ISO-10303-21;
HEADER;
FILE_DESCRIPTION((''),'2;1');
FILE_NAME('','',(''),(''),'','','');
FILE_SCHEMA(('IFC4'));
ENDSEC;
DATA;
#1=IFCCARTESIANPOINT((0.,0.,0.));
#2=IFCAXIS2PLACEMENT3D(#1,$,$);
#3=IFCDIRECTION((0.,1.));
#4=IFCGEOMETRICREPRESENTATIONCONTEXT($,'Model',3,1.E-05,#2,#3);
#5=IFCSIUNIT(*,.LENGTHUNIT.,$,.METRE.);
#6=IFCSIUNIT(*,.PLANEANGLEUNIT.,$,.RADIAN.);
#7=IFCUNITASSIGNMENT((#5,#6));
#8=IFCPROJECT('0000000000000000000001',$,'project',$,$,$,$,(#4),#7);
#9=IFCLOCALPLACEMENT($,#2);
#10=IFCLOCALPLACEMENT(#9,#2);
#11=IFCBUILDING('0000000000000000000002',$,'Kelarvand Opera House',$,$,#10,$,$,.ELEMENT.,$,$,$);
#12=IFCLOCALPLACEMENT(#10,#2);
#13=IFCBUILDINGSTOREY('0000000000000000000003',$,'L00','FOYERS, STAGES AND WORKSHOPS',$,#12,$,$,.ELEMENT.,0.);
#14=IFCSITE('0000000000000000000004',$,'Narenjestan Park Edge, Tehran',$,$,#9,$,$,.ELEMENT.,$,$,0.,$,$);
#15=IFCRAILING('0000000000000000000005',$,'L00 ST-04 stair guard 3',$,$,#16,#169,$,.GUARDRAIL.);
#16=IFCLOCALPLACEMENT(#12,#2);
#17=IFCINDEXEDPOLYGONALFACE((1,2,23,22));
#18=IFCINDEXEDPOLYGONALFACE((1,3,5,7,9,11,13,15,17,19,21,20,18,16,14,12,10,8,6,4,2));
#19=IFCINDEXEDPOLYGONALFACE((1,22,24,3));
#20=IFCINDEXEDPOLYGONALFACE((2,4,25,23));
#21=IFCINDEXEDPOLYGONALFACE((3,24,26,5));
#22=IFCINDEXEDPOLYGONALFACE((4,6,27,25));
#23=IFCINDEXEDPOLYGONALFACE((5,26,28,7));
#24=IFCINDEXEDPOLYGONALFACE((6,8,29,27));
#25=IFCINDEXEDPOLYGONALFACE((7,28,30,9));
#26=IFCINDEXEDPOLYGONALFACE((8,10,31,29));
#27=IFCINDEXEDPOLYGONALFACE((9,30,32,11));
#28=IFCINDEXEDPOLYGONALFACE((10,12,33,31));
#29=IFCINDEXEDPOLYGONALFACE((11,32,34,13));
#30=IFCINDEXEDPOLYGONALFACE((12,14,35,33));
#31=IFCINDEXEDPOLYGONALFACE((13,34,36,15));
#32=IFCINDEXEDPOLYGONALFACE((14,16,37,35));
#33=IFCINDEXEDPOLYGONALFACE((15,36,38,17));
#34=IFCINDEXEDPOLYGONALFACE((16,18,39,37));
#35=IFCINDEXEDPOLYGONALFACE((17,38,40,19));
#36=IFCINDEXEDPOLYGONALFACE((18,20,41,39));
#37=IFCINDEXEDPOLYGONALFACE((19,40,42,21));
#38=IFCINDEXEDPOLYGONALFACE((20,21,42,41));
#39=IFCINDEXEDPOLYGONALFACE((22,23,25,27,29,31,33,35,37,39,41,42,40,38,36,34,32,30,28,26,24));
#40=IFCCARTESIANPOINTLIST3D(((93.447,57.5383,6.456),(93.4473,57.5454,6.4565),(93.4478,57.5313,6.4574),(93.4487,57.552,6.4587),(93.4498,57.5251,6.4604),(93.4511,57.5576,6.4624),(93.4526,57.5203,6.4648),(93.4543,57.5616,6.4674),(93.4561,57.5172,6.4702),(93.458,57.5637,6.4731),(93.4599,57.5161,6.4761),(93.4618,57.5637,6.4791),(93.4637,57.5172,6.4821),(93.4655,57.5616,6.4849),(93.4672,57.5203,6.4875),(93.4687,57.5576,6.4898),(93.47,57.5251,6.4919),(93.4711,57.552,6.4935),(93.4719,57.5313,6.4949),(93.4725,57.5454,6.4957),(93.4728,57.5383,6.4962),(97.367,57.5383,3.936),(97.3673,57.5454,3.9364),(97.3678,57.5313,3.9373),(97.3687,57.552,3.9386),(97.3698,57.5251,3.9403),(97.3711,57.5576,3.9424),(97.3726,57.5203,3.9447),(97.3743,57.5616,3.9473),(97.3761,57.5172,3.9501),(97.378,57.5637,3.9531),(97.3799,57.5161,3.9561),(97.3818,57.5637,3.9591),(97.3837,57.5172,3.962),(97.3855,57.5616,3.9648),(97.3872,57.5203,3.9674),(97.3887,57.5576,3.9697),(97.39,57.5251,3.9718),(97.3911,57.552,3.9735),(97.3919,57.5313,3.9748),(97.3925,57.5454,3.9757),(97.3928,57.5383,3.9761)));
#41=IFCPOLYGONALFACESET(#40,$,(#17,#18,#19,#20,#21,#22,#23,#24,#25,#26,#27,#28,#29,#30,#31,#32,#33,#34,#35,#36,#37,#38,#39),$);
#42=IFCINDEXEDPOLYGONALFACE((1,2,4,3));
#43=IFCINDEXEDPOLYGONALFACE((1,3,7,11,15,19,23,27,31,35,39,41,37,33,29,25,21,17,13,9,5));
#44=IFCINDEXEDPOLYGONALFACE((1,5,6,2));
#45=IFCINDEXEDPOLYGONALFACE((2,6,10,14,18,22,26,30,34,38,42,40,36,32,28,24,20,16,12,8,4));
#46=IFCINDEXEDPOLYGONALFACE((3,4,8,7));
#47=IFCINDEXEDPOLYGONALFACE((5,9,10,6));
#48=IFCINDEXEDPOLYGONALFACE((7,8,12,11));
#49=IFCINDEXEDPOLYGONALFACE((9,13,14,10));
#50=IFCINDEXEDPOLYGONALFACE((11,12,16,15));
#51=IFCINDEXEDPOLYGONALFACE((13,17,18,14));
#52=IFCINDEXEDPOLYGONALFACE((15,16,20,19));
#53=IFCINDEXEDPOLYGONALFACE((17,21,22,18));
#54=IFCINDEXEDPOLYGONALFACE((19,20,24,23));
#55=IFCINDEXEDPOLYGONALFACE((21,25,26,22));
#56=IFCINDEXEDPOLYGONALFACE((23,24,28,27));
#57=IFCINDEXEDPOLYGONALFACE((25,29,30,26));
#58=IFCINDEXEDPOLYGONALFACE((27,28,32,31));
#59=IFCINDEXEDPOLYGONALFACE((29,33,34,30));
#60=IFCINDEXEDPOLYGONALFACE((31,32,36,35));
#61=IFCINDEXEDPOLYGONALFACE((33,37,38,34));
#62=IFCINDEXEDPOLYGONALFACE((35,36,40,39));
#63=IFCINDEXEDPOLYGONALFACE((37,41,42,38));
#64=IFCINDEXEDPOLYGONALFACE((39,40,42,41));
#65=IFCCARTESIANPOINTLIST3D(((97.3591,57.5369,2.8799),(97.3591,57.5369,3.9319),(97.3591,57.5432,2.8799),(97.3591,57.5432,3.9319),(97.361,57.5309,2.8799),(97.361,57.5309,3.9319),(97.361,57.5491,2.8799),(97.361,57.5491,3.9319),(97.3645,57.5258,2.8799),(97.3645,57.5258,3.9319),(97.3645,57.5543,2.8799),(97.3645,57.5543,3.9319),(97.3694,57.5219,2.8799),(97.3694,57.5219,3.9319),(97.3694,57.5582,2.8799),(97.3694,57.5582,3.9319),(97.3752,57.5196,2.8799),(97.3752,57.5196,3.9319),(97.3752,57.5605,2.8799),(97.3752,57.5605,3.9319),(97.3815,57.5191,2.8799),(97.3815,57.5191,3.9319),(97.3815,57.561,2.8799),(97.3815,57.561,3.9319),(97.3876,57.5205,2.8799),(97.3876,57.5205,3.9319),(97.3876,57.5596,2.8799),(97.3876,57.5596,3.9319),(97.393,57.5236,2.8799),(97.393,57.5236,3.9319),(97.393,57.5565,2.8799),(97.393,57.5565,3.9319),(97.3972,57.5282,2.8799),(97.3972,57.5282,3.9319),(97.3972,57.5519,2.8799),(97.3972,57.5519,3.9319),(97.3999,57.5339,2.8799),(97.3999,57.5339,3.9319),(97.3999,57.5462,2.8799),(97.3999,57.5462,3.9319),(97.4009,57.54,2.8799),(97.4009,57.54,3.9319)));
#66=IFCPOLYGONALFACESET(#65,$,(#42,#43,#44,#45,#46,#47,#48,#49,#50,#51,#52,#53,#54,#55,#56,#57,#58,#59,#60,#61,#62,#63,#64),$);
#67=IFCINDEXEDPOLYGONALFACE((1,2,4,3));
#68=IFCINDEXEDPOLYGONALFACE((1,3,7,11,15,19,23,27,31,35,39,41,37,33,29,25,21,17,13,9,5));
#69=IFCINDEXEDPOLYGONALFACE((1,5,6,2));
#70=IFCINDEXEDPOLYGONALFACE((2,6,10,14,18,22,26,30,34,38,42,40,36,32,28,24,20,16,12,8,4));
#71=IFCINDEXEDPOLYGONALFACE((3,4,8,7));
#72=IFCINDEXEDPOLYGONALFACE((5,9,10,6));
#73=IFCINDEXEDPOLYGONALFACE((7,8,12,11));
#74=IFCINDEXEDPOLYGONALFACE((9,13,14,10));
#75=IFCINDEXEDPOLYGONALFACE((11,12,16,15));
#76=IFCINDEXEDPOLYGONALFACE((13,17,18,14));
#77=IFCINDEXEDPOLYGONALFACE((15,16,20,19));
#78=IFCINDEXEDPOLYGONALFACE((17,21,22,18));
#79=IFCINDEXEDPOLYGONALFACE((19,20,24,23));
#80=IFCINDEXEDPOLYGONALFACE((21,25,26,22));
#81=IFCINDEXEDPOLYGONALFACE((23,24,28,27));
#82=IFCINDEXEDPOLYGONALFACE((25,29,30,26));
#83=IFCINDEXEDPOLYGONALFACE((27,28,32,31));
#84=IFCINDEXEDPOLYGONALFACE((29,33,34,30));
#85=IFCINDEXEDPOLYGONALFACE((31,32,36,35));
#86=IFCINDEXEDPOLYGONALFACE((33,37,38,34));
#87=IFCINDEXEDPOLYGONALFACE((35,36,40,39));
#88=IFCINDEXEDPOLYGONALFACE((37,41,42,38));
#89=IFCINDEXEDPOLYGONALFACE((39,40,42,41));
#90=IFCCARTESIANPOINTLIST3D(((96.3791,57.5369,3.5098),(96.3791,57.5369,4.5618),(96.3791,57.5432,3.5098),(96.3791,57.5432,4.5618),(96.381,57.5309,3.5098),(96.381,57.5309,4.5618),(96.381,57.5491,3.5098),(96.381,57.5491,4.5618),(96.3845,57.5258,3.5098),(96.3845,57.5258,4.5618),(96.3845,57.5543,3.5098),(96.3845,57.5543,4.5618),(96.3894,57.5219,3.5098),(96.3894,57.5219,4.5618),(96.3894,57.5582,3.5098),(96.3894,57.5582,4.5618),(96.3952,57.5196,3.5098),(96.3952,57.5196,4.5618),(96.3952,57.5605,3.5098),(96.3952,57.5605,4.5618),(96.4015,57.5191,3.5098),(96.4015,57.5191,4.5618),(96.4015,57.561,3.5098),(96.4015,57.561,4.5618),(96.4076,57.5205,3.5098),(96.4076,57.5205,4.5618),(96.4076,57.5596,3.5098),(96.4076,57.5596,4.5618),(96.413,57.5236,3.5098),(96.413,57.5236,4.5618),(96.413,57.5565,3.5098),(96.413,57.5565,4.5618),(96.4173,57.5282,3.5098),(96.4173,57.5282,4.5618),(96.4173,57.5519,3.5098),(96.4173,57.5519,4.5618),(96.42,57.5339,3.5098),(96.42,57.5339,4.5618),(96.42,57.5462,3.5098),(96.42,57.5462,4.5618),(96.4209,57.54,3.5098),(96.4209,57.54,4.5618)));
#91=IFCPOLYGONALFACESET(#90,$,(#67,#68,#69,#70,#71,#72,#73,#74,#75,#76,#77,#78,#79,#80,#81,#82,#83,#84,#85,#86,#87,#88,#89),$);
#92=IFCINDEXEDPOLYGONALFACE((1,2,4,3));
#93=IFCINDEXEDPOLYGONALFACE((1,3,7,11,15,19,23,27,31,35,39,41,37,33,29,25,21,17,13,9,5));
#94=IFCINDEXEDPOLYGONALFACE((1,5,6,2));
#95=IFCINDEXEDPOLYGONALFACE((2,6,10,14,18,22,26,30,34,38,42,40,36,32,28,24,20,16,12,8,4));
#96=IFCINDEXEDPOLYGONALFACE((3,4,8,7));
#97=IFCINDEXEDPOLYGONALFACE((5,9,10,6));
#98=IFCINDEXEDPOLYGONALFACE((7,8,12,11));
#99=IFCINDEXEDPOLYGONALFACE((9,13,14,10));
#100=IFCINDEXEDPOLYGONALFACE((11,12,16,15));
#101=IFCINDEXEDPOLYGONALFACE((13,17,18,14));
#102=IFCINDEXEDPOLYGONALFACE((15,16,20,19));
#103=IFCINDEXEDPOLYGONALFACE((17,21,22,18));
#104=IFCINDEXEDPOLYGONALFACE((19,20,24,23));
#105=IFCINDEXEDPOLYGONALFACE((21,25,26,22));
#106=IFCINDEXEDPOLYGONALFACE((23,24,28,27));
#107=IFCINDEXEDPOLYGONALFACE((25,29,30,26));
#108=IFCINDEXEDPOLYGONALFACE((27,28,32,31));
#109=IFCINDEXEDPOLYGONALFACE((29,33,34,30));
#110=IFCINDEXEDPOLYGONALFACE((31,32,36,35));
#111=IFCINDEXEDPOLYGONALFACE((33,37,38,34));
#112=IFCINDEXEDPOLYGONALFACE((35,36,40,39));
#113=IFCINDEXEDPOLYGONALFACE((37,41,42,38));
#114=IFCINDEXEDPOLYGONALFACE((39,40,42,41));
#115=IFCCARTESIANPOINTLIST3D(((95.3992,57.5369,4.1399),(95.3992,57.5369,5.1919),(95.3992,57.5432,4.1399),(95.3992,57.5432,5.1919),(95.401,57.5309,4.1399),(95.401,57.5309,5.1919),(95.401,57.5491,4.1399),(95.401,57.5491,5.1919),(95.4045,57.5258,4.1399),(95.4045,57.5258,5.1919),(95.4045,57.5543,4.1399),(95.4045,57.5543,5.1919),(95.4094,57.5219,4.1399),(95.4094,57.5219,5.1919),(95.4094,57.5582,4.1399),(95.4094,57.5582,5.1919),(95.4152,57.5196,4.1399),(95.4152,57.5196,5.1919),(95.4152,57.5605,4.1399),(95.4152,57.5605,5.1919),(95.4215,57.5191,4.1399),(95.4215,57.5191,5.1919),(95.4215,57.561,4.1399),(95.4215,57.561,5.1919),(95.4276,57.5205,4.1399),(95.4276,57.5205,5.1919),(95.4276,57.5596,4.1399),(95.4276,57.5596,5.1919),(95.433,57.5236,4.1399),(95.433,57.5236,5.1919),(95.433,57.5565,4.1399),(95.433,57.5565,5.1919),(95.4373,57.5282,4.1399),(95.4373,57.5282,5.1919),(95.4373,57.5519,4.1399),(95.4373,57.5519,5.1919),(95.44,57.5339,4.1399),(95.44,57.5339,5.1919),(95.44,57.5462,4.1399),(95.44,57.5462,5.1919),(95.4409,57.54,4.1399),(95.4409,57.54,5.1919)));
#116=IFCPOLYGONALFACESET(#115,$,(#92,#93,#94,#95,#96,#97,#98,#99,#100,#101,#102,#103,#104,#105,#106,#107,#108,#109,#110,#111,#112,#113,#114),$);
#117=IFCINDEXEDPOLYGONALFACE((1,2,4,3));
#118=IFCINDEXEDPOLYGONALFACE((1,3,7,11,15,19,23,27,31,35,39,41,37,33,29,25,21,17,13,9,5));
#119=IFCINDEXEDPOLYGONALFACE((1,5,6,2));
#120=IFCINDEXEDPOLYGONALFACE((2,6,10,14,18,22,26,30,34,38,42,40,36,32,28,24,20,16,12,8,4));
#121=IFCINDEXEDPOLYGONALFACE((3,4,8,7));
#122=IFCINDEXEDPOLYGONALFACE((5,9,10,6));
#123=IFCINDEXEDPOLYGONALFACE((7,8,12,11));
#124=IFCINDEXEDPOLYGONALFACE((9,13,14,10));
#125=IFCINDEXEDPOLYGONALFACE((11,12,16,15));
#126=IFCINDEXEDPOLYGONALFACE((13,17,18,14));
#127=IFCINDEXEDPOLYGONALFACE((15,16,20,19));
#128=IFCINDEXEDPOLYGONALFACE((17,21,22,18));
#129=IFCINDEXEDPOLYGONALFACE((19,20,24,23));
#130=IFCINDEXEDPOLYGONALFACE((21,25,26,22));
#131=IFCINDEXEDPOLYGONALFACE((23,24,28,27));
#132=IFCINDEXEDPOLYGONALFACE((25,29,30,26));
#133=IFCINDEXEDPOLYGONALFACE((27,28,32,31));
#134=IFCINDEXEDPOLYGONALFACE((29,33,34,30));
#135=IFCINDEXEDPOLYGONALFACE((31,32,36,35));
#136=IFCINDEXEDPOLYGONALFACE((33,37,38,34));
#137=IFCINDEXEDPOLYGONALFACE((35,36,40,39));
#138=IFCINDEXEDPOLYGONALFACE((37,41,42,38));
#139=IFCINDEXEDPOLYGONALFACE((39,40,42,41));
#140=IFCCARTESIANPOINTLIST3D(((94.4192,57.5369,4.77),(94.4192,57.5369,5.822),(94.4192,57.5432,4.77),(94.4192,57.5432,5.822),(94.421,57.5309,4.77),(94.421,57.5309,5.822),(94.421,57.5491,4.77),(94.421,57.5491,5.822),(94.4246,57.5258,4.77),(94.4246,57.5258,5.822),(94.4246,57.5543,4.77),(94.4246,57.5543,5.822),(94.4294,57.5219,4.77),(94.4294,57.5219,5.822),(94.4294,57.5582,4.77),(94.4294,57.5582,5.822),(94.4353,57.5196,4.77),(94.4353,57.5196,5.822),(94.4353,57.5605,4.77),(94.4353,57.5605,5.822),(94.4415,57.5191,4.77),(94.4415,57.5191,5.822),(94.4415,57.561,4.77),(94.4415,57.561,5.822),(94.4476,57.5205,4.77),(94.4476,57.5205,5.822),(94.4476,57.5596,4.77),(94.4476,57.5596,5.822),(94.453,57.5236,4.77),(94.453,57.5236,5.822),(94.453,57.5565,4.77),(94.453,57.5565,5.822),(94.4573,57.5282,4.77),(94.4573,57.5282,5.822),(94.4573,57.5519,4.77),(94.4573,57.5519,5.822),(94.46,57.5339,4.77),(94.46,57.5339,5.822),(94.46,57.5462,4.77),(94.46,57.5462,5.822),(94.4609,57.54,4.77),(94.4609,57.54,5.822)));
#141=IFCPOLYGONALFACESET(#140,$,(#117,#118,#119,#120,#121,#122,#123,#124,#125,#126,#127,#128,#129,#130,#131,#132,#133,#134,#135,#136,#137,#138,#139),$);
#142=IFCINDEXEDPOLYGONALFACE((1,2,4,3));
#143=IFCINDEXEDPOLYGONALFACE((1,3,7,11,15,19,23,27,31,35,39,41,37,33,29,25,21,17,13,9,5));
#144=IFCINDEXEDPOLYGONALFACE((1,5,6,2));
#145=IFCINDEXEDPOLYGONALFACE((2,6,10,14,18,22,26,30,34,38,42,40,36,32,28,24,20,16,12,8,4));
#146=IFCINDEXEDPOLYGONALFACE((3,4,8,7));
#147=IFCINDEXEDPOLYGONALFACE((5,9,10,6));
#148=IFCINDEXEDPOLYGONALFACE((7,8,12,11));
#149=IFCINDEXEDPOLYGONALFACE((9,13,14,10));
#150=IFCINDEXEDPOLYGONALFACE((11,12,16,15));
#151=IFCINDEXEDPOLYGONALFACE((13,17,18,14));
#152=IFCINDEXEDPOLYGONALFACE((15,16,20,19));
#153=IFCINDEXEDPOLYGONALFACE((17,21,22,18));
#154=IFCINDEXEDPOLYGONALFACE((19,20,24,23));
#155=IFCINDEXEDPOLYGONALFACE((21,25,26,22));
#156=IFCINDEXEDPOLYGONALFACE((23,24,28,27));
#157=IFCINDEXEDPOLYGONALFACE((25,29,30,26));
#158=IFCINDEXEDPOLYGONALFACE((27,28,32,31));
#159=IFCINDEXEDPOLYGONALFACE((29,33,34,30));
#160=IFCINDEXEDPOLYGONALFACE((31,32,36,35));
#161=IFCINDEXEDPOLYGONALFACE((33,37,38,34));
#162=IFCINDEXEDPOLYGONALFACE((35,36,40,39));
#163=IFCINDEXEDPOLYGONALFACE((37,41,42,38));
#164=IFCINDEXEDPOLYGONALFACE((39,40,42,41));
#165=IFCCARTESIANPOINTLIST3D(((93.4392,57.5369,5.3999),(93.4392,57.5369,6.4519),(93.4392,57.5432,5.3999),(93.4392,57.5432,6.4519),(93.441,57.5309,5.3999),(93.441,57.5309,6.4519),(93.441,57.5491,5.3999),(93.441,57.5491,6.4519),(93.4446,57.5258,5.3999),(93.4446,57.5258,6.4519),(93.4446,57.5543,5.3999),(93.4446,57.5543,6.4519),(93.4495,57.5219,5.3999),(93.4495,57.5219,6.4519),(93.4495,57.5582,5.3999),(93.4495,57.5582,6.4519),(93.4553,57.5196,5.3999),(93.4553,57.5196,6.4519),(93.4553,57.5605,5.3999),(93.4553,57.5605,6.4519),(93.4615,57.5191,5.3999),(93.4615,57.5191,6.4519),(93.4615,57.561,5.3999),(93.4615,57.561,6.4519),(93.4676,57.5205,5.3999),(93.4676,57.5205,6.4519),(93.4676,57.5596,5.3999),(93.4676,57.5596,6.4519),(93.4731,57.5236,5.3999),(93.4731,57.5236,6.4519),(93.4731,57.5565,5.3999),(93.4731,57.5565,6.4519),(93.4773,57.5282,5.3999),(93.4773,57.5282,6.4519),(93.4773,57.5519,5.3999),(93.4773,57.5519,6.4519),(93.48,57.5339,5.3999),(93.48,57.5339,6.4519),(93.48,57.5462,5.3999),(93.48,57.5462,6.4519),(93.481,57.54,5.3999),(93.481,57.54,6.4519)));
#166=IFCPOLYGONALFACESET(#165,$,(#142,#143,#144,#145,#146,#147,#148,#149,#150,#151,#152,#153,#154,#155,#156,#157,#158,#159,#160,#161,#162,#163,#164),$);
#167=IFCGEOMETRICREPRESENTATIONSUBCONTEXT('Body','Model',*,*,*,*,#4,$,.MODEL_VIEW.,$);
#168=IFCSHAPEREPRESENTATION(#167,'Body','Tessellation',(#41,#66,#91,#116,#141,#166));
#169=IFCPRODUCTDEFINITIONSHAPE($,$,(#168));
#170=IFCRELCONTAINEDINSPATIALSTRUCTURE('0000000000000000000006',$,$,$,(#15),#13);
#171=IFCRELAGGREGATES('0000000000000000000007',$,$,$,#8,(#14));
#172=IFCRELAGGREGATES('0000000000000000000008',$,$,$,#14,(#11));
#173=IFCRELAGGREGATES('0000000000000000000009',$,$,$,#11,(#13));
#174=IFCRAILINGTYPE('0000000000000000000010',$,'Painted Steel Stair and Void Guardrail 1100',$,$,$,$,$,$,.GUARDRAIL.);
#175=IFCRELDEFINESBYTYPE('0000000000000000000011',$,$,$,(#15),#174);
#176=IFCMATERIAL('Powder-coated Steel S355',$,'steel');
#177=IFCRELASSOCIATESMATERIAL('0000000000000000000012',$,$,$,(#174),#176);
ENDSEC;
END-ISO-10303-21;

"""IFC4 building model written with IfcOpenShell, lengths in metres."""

from ifc_helpers import new_model, si_unit, direction, frame, origin, origin_2d, place, context, subcontext, project, spatial, circle, extrude, material, type_object, element, save


model = new_model("IFC4")

# Units and contexts
model_context = context("Model", 3, precision=1e-05, world=origin(), true_north=direction((0.0, 1.0)))
body_context = subcontext(model_context, "Body", "Model", "MODEL_VIEW")
ifc_project = project(units=[si_unit("LENGTHUNIT", "METRE"), si_unit("PLANEANGLEUNIT", "RADIAN")], contexts=[model_context])

# Site, building, storey
site_placement = place(None, origin())
site = spatial("IfcSite", under=ifc_project, at=site_placement, Name="Narenjestan Park Edge, Tehran", CompositionType="ELEMENT", RefElevation=0.0)
building_placement = place(site_placement, origin())
building = spatial("IfcBuilding", under=site, at=building_placement, Name="Kelarvand Opera House", CompositionType="ELEMENT")
storey_placement = place(building_placement, origin())
storey = spatial("IfcBuildingStorey", under=building, at=storey_placement, Name="L00", Description="FOYERS, STAGES AND WORKSHOPS", CompositionType="ELEMENT", Elevation=0.0)

# Railing
ifc_material_1 = material(Name="Powder-coated Steel S355", Category="steel")
railing_type_1 = type_object("IfcRailingType", Name="Painted Steel Stair and Void Guardrail 1100", PredefinedType="GUARDRAIL", material=ifc_material_1)
railing_1_placement = place(storey_placement, frame((97.3799, 57.54, 2.8799)))
element("IfcRailing", 1, at=railing_1_placement, inside=storey, type_object=railing_type_1, Name="L00 ST-04 stair guard 3", PredefinedType="GUARDRAIL", context=body_context, shape_type="SweptSolid", body=[
    extrude(circle(Radius=0.0239, at=origin_2d()), frame((0.0, 0.0, 1.0762), z_axis=(-0.841172, 0.0, 0.540768), x_axis=(0.0, -1.0, 0.0)), (0.0, 0.0, 1.0), 4.6602),
    extrude(circle(Radius=0.021, at=origin_2d()), origin(), (0.0, 0.0, 1.0), 1.052),
    extrude(circle(Radius=0.021, at=origin_2d()), frame((-0.98, 0.0, 0.6299)), (0.0, 0.0, 1.0), 1.052),
    extrude(circle(Radius=0.021, at=origin_2d()), frame((-1.96, 0.0, 1.26)), (0.0, 0.0, 1.0), 1.052),
    extrude(circle(Radius=0.021, at=origin_2d()), frame((-2.9399, 0.0, 1.8901)), (0.0, 0.0, 1.0), 1.052),
    extrude(circle(Radius=0.021, at=origin_2d()), frame((-3.9199, 0.0, 2.52)), (0.0, 0.0, 1.0), 1.052),
])

save(model, "model.ifc")
